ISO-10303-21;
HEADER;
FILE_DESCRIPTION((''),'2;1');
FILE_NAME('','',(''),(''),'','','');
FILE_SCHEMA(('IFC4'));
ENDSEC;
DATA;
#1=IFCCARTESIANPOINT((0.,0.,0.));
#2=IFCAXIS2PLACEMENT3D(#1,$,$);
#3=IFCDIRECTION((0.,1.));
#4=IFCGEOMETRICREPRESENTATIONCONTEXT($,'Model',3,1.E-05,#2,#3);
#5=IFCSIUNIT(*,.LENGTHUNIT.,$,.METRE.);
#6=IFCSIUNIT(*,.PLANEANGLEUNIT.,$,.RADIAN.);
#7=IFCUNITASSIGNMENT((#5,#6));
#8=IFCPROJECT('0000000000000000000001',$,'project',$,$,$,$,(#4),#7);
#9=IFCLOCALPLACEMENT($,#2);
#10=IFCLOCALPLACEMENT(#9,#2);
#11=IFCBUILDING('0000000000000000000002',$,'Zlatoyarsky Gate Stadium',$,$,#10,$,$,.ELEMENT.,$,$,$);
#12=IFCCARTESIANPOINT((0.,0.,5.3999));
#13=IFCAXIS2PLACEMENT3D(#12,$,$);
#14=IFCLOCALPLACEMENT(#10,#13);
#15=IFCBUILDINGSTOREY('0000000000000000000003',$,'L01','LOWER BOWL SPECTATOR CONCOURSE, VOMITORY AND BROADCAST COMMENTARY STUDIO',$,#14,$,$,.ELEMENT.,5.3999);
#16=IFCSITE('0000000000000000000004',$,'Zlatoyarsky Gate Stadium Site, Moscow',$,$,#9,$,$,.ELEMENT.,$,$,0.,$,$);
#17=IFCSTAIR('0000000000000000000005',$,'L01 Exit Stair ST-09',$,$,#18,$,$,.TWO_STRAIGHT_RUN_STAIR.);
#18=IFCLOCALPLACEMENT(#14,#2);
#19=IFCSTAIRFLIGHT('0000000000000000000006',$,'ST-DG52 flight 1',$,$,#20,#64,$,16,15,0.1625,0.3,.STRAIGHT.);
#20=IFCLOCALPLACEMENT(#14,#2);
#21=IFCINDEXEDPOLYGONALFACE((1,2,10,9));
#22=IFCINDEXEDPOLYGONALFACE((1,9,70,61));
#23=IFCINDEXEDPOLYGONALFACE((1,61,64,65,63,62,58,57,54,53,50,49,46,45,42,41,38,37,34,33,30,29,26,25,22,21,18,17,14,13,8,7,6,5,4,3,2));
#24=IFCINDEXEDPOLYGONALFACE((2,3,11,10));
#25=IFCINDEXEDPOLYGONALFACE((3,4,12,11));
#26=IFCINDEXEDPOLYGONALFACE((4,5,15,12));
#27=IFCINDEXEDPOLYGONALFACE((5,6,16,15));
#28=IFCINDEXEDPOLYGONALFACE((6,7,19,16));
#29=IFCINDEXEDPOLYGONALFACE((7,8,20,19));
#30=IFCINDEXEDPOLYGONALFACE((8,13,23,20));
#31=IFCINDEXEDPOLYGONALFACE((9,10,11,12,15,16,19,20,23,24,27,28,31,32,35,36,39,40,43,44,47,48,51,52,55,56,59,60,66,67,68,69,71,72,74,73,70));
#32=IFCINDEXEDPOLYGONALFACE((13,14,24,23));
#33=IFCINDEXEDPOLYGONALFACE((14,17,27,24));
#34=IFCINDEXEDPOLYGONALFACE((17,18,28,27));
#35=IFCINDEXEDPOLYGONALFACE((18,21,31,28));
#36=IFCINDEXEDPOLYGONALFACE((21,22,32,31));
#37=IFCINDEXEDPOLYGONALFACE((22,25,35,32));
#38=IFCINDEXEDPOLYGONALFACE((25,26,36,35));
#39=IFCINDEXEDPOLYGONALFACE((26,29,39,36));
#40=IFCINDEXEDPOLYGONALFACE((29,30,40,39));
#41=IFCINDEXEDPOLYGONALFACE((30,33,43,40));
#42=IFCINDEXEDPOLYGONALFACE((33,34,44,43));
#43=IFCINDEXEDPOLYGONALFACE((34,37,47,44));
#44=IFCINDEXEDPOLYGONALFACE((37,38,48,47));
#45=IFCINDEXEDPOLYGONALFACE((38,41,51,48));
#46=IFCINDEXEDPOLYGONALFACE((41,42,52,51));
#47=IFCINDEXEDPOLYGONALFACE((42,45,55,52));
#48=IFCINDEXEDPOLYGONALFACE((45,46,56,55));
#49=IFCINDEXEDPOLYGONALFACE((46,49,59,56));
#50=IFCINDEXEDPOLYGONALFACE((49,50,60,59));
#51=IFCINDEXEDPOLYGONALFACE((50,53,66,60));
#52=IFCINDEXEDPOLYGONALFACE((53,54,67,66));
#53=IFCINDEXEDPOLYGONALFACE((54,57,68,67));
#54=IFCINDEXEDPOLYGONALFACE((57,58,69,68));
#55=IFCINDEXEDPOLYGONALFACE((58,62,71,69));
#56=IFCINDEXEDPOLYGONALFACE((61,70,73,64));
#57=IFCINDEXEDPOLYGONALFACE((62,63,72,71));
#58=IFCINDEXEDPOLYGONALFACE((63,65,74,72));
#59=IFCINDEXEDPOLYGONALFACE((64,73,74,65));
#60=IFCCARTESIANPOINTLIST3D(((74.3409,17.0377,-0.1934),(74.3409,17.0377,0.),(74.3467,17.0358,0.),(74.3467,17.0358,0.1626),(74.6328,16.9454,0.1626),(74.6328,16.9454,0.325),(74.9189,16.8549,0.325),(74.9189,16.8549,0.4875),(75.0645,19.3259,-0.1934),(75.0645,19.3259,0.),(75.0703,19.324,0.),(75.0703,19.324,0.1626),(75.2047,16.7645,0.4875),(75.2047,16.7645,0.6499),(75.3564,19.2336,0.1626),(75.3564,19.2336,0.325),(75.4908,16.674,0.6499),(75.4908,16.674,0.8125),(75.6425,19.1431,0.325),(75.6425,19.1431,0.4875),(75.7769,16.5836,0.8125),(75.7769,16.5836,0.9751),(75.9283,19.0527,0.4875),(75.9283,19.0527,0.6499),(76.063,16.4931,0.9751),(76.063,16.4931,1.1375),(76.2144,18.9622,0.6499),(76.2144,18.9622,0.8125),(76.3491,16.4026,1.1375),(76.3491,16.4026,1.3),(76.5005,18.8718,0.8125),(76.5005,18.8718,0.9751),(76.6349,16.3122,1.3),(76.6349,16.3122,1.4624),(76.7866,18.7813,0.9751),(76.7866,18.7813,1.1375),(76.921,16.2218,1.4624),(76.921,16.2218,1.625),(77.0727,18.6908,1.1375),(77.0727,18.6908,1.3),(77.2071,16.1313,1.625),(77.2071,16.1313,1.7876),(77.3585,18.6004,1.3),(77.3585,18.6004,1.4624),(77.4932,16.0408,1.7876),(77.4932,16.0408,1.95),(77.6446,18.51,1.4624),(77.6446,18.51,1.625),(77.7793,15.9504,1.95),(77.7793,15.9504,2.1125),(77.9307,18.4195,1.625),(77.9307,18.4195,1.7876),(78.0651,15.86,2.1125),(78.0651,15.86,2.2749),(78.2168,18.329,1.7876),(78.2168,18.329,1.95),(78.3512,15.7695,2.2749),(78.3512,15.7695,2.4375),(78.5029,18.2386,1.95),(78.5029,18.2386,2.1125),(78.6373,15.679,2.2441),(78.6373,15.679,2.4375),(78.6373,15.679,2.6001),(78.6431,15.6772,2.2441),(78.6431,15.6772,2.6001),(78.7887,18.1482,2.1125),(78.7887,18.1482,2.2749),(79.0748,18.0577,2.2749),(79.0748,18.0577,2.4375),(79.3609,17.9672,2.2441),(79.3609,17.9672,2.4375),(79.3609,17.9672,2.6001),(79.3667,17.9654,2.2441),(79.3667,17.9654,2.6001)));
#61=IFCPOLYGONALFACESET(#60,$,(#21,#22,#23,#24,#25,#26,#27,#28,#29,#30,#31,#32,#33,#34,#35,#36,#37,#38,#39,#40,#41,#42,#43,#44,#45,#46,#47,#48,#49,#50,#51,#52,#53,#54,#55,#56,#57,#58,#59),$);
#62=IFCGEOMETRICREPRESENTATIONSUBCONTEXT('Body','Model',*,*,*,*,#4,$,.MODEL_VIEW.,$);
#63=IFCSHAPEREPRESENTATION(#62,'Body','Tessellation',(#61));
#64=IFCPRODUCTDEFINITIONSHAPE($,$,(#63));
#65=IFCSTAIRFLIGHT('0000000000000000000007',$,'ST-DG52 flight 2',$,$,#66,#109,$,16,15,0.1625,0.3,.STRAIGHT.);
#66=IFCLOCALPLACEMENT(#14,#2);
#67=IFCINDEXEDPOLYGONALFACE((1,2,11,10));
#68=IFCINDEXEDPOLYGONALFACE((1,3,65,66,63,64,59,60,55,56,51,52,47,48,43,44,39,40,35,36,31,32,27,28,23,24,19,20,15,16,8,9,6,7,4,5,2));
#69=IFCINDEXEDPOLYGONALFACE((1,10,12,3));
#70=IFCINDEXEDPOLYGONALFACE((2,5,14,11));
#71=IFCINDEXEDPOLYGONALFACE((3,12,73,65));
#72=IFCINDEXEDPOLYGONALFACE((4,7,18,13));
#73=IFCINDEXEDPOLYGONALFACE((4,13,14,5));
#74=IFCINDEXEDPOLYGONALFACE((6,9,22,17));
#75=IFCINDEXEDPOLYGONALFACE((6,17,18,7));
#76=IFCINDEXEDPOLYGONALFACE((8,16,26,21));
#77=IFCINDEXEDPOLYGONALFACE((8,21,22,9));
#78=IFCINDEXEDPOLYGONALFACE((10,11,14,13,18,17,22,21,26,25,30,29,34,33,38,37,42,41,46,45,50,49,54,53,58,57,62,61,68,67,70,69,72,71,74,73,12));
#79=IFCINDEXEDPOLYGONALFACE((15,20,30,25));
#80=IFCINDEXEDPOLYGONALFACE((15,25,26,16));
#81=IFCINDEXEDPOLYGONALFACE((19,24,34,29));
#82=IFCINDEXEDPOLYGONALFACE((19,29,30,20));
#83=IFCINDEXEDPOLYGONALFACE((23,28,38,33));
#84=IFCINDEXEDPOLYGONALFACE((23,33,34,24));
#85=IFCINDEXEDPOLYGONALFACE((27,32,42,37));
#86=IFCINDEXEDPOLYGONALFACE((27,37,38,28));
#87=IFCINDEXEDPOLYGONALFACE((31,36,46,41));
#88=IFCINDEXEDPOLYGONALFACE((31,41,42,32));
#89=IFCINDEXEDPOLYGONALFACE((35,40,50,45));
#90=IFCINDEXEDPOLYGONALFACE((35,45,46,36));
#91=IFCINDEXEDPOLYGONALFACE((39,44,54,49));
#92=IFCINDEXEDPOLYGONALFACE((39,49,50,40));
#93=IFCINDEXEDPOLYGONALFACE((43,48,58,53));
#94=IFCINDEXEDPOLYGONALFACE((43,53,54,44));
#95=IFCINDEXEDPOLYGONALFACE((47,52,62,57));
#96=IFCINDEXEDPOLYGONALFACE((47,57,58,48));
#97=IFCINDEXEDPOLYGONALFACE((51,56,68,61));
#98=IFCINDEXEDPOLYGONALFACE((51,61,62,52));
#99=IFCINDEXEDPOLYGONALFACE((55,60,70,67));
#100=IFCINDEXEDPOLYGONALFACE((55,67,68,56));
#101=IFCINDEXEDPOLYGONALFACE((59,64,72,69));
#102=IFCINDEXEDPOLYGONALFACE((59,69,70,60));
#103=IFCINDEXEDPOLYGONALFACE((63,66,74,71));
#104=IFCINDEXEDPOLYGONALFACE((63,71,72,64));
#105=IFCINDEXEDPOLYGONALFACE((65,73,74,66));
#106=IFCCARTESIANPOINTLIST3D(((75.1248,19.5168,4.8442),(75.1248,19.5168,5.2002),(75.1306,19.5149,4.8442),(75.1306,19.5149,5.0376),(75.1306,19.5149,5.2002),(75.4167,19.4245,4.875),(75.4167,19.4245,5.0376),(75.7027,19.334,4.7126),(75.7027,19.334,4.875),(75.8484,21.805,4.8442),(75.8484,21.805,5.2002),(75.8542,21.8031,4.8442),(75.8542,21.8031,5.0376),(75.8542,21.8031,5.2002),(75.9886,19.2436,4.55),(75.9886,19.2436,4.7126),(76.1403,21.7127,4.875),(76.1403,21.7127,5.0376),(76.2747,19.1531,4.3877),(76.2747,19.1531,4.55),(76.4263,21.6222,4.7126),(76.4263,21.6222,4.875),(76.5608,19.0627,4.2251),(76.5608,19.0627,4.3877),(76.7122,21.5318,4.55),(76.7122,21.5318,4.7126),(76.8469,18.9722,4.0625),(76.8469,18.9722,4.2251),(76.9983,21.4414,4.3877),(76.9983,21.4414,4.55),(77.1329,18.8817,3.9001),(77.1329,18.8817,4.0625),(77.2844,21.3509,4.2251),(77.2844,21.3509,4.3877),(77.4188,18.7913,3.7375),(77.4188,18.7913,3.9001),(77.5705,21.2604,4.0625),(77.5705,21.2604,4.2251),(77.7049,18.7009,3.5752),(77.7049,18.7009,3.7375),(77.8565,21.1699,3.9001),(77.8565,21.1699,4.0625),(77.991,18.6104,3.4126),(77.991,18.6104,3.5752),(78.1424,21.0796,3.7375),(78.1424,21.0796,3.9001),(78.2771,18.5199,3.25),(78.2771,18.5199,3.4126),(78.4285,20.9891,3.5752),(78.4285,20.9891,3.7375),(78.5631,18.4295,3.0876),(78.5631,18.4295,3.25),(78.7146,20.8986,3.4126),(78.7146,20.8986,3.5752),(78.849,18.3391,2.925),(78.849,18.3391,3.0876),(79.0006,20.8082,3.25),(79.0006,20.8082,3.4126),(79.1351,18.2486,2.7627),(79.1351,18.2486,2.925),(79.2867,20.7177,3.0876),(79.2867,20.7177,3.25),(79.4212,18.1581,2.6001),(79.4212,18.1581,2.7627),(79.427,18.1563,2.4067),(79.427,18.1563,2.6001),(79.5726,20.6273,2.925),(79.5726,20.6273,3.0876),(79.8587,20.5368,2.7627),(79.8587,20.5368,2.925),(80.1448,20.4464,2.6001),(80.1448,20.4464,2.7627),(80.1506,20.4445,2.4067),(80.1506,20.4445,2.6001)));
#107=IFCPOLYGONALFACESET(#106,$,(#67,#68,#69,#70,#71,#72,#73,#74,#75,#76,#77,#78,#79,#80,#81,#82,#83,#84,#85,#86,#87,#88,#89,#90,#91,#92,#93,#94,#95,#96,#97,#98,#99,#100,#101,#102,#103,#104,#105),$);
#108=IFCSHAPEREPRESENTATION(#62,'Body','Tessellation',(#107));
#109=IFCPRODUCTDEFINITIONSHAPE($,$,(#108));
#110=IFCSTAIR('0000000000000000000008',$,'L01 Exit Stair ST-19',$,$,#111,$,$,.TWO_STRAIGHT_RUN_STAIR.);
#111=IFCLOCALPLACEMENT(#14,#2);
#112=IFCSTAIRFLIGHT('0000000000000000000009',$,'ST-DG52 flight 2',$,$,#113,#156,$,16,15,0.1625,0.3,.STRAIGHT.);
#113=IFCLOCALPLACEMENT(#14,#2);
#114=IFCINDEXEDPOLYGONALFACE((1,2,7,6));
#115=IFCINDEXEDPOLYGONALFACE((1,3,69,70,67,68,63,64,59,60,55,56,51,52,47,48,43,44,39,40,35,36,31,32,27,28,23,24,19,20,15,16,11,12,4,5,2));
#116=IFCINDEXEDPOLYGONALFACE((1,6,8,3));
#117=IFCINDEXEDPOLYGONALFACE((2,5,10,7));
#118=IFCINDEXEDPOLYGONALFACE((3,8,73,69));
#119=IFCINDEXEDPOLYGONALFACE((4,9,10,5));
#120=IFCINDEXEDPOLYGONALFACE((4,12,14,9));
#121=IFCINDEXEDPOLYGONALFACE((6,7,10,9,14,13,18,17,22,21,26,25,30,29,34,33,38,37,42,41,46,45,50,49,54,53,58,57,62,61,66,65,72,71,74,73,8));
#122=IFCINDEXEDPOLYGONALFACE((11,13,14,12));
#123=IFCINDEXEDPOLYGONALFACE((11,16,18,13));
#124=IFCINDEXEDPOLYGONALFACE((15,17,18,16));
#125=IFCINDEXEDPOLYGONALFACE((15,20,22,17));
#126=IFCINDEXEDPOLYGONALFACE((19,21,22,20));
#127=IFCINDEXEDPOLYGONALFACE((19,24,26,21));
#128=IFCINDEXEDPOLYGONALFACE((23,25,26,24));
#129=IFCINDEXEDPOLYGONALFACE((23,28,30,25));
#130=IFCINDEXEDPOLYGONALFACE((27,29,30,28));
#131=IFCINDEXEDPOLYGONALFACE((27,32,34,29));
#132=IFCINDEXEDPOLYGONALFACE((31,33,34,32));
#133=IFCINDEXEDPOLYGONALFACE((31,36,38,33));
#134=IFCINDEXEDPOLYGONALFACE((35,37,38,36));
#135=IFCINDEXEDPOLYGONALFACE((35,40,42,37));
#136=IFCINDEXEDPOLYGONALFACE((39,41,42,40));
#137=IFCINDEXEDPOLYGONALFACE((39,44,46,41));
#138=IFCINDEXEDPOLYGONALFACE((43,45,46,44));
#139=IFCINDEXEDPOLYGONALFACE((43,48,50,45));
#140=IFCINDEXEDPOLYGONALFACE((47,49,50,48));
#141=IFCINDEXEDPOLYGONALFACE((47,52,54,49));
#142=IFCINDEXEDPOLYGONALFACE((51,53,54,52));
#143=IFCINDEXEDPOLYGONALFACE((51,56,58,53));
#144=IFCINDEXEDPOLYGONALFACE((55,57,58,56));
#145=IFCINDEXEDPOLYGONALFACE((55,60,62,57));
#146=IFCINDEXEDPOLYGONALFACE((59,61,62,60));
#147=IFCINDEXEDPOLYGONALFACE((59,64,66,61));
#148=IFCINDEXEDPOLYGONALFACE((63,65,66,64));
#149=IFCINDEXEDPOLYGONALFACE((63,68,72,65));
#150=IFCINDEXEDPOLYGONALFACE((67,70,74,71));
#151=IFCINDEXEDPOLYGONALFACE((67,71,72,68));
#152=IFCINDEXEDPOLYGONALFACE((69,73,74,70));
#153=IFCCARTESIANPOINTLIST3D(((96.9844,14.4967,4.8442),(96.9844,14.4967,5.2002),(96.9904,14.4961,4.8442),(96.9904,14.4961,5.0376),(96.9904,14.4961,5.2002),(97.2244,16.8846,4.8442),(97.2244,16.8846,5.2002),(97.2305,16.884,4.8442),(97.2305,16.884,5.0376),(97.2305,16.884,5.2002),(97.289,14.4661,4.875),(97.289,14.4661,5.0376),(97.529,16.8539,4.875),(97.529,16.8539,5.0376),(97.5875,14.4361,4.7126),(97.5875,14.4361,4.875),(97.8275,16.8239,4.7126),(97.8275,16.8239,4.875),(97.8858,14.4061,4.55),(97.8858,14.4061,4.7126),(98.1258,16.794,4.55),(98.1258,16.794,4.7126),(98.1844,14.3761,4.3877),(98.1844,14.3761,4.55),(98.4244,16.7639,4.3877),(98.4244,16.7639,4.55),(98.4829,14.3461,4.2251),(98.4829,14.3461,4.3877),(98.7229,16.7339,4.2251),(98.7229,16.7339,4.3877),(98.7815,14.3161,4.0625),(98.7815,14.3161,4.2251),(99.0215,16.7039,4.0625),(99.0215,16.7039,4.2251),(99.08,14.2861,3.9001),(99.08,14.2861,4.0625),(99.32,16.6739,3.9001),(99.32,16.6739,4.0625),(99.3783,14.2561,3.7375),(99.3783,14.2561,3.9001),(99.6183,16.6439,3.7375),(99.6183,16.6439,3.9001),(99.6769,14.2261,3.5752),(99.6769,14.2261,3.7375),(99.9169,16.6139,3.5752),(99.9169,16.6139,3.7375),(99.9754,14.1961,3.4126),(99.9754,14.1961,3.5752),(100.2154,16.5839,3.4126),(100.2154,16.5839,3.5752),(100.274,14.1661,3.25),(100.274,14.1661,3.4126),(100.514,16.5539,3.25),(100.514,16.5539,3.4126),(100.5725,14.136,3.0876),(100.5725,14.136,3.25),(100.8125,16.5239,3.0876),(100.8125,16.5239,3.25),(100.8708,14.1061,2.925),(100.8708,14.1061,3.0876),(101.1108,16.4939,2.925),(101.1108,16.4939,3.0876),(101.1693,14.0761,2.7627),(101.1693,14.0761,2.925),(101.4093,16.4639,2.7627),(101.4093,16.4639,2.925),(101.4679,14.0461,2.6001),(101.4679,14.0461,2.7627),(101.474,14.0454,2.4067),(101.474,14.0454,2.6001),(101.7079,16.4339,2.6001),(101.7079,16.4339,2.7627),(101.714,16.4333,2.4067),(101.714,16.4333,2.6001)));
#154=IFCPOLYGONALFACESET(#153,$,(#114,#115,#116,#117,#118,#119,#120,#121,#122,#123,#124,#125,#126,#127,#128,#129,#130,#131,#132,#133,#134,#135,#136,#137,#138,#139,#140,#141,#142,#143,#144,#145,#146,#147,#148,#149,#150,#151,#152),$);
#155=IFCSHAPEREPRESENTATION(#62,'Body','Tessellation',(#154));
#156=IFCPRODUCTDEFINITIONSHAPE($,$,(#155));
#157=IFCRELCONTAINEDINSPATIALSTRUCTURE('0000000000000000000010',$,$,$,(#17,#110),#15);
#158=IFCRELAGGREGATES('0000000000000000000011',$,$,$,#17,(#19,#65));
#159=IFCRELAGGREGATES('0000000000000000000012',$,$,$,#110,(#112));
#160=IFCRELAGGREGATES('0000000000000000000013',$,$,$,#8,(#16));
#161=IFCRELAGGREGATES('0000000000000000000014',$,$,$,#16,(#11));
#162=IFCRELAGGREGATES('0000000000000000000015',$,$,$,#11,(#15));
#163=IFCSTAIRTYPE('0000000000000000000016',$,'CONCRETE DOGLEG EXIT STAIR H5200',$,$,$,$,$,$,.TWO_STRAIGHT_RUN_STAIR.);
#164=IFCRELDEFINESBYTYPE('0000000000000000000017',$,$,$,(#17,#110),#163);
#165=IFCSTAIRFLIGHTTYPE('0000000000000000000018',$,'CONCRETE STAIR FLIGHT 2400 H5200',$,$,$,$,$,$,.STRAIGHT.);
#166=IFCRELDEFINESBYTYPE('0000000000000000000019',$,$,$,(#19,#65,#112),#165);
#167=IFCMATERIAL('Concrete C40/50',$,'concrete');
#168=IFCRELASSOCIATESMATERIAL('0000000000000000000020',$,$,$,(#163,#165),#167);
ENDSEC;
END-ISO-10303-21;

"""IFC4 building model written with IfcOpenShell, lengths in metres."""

from ifc_helpers import new_model, si_unit, direction, frame, origin, place, context, subcontext, project, spatial, polyline, outline, extrude, material, type_object, element, aggregate, save


model = new_model("IFC4")

# Units and contexts
model_context = context("Model", 3, precision=1e-05, world=origin(), true_north=direction((0.0, 1.0)))
body_context = subcontext(model_context, "Body", "Model", "MODEL_VIEW")
ifc_project = project(units=[si_unit("LENGTHUNIT", "METRE"), si_unit("PLANEANGLEUNIT", "RADIAN")], contexts=[model_context])

# Site, building, storey
site_placement = place(None, origin())
site = spatial("IfcSite", under=ifc_project, at=site_placement, Name="Zlatoyarsky Gate Stadium Site, Moscow", CompositionType="ELEMENT", RefElevation=0.0)
building_placement = place(site_placement, origin())
building = spatial("IfcBuilding", under=site, at=building_placement, Name="Zlatoyarsky Gate Stadium", CompositionType="ELEMENT")
storey_placement = place(building_placement, frame((0.0, 0.0, 5.3999)))
storey = spatial("IfcBuildingStorey", under=building, at=storey_placement, Name="L01", Description="LOWER BOWL SPECTATOR CONCOURSE, VOMITORY AND BROADCAST COMMENTARY STUDIO", CompositionType="ELEMENT", Elevation=5.3999)

# Shared definitions
ifc_material_1 = material(Name="Concrete C40/50", Category="concrete")

# Stair, stair flights
stair_type = type_object("IfcStairType", Name="CONCRETE DOGLEG EXIT STAIR H5200", PredefinedType="TWO_STRAIGHT_RUN_STAIR", material=ifc_material_1)
stair_1_placement = place(storey_placement, origin())
stair_1 = element("IfcStair", 1, at=stair_1_placement, inside=storey, type_object=stair_type, Name="L01 Exit Stair ST-09", PredefinedType="TWO_STRAIGHT_RUN_STAIR")
stair_flight_type = type_object("IfcStairFlightType", Name="CONCRETE STAIR FLIGHT 2400 H5200", PredefinedType="STRAIGHT", material=ifc_material_1)
stair_flight_1_placement = place(storey_placement, frame((74.7085, 18.1799, 0.0), z_axis=(0.0, 0.0, 1.0), x_axis=(0.953463, -0.30151, 0.0)))
stair_flight_1 = element("IfcStairFlight", 2, at=stair_flight_1_placement, type_object=stair_flight_type, Name="ST-DG52 flight 1", NumberOfRisers=16, NumberOfTreads=15, PredefinedType="STRAIGHT", RiserHeight=0.1625, TreadLength=0.3, context=body_context, shape_type="SweptSolid", body=[
    extrude(outline(polyline([(-0.0061, -0.1934), (-0.0061, 0.0), (0.0, 0.0), (0.0, 0.1626), (0.3, 0.1626), (0.3, 0.325), (0.6001, 0.325), (0.6001, 0.4875), (0.8999, 0.4875), (0.8999, 0.6499), (1.2, 0.6499), (1.2, 0.8125), (1.5, 0.8125), (1.5, 0.9751), (1.8, 0.9751), (1.8, 1.1375), (2.1001, 1.1375), (2.1001, 1.3), (2.3999, 1.3), (2.3999, 1.4624), (2.7, 1.4624), (2.7, 1.625), (3.0, 1.625), (3.0, 1.7876), (3.3, 1.7876), (3.3, 1.95), (3.6001, 1.95), (3.6001, 2.1125), (3.8999, 2.1125), (3.8999, 2.2749), (4.2, 2.2749), (4.2, 2.4375), (4.5, 2.4375), (4.5, 2.6001), (4.5061, 2.6001), (4.5061, 2.2441), (4.5, 2.2441), (-0.0061, -0.1934)])), frame((0.0, 1.2, 0.0), z_axis=(0.0, -1.0, 0.0), x_axis=(1.0, 0.0, 0.0)), (0.0, 0.0, 1.0), 2.3999),
])
stair_flight_2_placement = place(storey_placement, frame((79.783, 19.3022, 2.6001), z_axis=(0.0, 0.0, 1.0), x_axis=(-0.953463, 0.30151, 0.0)))
stair_flight_2 = element("IfcStairFlight", 3, at=stair_flight_2_placement, type_object=stair_flight_type, Name="ST-DG52 flight 2", NumberOfRisers=16, NumberOfTreads=15, PredefinedType="STRAIGHT", RiserHeight=0.1625, TreadLength=0.3, context=body_context, shape_type="SweptSolid", body=[
    extrude(outline(polyline([(-0.0061, -0.1934), (-0.0061, 0.0), (0.0, 0.0), (0.0, 0.1626), (0.3, 0.1626), (0.3, 0.325), (0.6001, 0.325), (0.6001, 0.4875), (0.8999, 0.4875), (0.8999, 0.6499), (1.2, 0.6499), (1.2, 0.8125), (1.5, 0.8125), (1.5, 0.9751), (1.8, 0.9751), (1.8, 1.1375), (2.1001, 1.1375), (2.1001, 1.3), (2.3999, 1.3), (2.3999, 1.4624), (2.7, 1.4624), (2.7, 1.625), (3.0, 1.625), (3.0, 1.7876), (3.3, 1.7876), (3.3, 1.95), (3.6001, 1.95), (3.6001, 2.1125), (3.8999, 2.1125), (3.8999, 2.2749), (4.2, 2.2749), (4.2, 2.4375), (4.5, 2.4375), (4.5, 2.6001), (4.5061, 2.6001), (4.5061, 2.2441), (4.5, 2.2441), (-0.0061, -0.1934)])), frame((0.0, 1.2, 0.0), z_axis=(0.0, -1.0, 0.0), x_axis=(1.0, 0.0, 0.0)), (0.0, 0.0, 1.0), 2.3999),
])
aggregate(stair_1, [stair_flight_1, stair_flight_2])

# Stair, stair flight
stair_2_placement = place(storey_placement, origin())
stair_2 = element("IfcStair", 4, at=stair_2_placement, inside=storey, type_object=stair_type, Name="L01 Exit Stair ST-19", PredefinedType="TWO_STRAIGHT_RUN_STAIR")
stair_flight_3_placement = place(storey_placement, frame((101.5879, 15.24, 2.6001), z_axis=(0.0, 0.0, 1.0), x_axis=(-0.994987, 0.100006, 0.0)))
stair_flight_3 = element("IfcStairFlight", 5, at=stair_flight_3_placement, type_object=stair_flight_type, Name="ST-DG52 flight 2", NumberOfRisers=16, NumberOfTreads=15, PredefinedType="STRAIGHT", RiserHeight=0.1625, TreadLength=0.3, context=body_context, shape_type="SweptSolid", body=[
    extrude(outline(polyline([(-0.0061, -0.1934), (-0.0061, 0.0), (0.0, 0.0), (0.0, 0.1626), (0.3, 0.1626), (0.3, 0.325), (0.6001, 0.325), (0.6001, 0.4875), (0.8999, 0.4875), (0.8999, 0.6499), (1.2, 0.6499), (1.2, 0.8125), (1.5, 0.8125), (1.5, 0.9751), (1.8, 0.9751), (1.8, 1.1375), (2.1001, 1.1375), (2.1001, 1.3), (2.3999, 1.3), (2.3999, 1.4624), (2.7, 1.4624), (2.7, 1.625), (3.0, 1.625), (3.0, 1.7876), (3.3, 1.7876), (3.3, 1.95), (3.6001, 1.95), (3.6001, 2.1125), (3.8999, 2.1125), (3.8999, 2.2749), (4.2, 2.2749), (4.2, 2.4375), (4.5, 2.4375), (4.5, 2.6001), (4.5061, 2.6001), (4.5061, 2.2441), (4.5, 2.2441), (-0.0061, -0.1934)])), frame((0.0, 1.2, 0.0), z_axis=(0.0, -1.0, 0.0), x_axis=(1.0, 0.0, 0.0)), (0.0, 0.0, 1.0), 2.3999),
])
aggregate(stair_2, [stair_flight_3])

save(model, "model.ifc")
